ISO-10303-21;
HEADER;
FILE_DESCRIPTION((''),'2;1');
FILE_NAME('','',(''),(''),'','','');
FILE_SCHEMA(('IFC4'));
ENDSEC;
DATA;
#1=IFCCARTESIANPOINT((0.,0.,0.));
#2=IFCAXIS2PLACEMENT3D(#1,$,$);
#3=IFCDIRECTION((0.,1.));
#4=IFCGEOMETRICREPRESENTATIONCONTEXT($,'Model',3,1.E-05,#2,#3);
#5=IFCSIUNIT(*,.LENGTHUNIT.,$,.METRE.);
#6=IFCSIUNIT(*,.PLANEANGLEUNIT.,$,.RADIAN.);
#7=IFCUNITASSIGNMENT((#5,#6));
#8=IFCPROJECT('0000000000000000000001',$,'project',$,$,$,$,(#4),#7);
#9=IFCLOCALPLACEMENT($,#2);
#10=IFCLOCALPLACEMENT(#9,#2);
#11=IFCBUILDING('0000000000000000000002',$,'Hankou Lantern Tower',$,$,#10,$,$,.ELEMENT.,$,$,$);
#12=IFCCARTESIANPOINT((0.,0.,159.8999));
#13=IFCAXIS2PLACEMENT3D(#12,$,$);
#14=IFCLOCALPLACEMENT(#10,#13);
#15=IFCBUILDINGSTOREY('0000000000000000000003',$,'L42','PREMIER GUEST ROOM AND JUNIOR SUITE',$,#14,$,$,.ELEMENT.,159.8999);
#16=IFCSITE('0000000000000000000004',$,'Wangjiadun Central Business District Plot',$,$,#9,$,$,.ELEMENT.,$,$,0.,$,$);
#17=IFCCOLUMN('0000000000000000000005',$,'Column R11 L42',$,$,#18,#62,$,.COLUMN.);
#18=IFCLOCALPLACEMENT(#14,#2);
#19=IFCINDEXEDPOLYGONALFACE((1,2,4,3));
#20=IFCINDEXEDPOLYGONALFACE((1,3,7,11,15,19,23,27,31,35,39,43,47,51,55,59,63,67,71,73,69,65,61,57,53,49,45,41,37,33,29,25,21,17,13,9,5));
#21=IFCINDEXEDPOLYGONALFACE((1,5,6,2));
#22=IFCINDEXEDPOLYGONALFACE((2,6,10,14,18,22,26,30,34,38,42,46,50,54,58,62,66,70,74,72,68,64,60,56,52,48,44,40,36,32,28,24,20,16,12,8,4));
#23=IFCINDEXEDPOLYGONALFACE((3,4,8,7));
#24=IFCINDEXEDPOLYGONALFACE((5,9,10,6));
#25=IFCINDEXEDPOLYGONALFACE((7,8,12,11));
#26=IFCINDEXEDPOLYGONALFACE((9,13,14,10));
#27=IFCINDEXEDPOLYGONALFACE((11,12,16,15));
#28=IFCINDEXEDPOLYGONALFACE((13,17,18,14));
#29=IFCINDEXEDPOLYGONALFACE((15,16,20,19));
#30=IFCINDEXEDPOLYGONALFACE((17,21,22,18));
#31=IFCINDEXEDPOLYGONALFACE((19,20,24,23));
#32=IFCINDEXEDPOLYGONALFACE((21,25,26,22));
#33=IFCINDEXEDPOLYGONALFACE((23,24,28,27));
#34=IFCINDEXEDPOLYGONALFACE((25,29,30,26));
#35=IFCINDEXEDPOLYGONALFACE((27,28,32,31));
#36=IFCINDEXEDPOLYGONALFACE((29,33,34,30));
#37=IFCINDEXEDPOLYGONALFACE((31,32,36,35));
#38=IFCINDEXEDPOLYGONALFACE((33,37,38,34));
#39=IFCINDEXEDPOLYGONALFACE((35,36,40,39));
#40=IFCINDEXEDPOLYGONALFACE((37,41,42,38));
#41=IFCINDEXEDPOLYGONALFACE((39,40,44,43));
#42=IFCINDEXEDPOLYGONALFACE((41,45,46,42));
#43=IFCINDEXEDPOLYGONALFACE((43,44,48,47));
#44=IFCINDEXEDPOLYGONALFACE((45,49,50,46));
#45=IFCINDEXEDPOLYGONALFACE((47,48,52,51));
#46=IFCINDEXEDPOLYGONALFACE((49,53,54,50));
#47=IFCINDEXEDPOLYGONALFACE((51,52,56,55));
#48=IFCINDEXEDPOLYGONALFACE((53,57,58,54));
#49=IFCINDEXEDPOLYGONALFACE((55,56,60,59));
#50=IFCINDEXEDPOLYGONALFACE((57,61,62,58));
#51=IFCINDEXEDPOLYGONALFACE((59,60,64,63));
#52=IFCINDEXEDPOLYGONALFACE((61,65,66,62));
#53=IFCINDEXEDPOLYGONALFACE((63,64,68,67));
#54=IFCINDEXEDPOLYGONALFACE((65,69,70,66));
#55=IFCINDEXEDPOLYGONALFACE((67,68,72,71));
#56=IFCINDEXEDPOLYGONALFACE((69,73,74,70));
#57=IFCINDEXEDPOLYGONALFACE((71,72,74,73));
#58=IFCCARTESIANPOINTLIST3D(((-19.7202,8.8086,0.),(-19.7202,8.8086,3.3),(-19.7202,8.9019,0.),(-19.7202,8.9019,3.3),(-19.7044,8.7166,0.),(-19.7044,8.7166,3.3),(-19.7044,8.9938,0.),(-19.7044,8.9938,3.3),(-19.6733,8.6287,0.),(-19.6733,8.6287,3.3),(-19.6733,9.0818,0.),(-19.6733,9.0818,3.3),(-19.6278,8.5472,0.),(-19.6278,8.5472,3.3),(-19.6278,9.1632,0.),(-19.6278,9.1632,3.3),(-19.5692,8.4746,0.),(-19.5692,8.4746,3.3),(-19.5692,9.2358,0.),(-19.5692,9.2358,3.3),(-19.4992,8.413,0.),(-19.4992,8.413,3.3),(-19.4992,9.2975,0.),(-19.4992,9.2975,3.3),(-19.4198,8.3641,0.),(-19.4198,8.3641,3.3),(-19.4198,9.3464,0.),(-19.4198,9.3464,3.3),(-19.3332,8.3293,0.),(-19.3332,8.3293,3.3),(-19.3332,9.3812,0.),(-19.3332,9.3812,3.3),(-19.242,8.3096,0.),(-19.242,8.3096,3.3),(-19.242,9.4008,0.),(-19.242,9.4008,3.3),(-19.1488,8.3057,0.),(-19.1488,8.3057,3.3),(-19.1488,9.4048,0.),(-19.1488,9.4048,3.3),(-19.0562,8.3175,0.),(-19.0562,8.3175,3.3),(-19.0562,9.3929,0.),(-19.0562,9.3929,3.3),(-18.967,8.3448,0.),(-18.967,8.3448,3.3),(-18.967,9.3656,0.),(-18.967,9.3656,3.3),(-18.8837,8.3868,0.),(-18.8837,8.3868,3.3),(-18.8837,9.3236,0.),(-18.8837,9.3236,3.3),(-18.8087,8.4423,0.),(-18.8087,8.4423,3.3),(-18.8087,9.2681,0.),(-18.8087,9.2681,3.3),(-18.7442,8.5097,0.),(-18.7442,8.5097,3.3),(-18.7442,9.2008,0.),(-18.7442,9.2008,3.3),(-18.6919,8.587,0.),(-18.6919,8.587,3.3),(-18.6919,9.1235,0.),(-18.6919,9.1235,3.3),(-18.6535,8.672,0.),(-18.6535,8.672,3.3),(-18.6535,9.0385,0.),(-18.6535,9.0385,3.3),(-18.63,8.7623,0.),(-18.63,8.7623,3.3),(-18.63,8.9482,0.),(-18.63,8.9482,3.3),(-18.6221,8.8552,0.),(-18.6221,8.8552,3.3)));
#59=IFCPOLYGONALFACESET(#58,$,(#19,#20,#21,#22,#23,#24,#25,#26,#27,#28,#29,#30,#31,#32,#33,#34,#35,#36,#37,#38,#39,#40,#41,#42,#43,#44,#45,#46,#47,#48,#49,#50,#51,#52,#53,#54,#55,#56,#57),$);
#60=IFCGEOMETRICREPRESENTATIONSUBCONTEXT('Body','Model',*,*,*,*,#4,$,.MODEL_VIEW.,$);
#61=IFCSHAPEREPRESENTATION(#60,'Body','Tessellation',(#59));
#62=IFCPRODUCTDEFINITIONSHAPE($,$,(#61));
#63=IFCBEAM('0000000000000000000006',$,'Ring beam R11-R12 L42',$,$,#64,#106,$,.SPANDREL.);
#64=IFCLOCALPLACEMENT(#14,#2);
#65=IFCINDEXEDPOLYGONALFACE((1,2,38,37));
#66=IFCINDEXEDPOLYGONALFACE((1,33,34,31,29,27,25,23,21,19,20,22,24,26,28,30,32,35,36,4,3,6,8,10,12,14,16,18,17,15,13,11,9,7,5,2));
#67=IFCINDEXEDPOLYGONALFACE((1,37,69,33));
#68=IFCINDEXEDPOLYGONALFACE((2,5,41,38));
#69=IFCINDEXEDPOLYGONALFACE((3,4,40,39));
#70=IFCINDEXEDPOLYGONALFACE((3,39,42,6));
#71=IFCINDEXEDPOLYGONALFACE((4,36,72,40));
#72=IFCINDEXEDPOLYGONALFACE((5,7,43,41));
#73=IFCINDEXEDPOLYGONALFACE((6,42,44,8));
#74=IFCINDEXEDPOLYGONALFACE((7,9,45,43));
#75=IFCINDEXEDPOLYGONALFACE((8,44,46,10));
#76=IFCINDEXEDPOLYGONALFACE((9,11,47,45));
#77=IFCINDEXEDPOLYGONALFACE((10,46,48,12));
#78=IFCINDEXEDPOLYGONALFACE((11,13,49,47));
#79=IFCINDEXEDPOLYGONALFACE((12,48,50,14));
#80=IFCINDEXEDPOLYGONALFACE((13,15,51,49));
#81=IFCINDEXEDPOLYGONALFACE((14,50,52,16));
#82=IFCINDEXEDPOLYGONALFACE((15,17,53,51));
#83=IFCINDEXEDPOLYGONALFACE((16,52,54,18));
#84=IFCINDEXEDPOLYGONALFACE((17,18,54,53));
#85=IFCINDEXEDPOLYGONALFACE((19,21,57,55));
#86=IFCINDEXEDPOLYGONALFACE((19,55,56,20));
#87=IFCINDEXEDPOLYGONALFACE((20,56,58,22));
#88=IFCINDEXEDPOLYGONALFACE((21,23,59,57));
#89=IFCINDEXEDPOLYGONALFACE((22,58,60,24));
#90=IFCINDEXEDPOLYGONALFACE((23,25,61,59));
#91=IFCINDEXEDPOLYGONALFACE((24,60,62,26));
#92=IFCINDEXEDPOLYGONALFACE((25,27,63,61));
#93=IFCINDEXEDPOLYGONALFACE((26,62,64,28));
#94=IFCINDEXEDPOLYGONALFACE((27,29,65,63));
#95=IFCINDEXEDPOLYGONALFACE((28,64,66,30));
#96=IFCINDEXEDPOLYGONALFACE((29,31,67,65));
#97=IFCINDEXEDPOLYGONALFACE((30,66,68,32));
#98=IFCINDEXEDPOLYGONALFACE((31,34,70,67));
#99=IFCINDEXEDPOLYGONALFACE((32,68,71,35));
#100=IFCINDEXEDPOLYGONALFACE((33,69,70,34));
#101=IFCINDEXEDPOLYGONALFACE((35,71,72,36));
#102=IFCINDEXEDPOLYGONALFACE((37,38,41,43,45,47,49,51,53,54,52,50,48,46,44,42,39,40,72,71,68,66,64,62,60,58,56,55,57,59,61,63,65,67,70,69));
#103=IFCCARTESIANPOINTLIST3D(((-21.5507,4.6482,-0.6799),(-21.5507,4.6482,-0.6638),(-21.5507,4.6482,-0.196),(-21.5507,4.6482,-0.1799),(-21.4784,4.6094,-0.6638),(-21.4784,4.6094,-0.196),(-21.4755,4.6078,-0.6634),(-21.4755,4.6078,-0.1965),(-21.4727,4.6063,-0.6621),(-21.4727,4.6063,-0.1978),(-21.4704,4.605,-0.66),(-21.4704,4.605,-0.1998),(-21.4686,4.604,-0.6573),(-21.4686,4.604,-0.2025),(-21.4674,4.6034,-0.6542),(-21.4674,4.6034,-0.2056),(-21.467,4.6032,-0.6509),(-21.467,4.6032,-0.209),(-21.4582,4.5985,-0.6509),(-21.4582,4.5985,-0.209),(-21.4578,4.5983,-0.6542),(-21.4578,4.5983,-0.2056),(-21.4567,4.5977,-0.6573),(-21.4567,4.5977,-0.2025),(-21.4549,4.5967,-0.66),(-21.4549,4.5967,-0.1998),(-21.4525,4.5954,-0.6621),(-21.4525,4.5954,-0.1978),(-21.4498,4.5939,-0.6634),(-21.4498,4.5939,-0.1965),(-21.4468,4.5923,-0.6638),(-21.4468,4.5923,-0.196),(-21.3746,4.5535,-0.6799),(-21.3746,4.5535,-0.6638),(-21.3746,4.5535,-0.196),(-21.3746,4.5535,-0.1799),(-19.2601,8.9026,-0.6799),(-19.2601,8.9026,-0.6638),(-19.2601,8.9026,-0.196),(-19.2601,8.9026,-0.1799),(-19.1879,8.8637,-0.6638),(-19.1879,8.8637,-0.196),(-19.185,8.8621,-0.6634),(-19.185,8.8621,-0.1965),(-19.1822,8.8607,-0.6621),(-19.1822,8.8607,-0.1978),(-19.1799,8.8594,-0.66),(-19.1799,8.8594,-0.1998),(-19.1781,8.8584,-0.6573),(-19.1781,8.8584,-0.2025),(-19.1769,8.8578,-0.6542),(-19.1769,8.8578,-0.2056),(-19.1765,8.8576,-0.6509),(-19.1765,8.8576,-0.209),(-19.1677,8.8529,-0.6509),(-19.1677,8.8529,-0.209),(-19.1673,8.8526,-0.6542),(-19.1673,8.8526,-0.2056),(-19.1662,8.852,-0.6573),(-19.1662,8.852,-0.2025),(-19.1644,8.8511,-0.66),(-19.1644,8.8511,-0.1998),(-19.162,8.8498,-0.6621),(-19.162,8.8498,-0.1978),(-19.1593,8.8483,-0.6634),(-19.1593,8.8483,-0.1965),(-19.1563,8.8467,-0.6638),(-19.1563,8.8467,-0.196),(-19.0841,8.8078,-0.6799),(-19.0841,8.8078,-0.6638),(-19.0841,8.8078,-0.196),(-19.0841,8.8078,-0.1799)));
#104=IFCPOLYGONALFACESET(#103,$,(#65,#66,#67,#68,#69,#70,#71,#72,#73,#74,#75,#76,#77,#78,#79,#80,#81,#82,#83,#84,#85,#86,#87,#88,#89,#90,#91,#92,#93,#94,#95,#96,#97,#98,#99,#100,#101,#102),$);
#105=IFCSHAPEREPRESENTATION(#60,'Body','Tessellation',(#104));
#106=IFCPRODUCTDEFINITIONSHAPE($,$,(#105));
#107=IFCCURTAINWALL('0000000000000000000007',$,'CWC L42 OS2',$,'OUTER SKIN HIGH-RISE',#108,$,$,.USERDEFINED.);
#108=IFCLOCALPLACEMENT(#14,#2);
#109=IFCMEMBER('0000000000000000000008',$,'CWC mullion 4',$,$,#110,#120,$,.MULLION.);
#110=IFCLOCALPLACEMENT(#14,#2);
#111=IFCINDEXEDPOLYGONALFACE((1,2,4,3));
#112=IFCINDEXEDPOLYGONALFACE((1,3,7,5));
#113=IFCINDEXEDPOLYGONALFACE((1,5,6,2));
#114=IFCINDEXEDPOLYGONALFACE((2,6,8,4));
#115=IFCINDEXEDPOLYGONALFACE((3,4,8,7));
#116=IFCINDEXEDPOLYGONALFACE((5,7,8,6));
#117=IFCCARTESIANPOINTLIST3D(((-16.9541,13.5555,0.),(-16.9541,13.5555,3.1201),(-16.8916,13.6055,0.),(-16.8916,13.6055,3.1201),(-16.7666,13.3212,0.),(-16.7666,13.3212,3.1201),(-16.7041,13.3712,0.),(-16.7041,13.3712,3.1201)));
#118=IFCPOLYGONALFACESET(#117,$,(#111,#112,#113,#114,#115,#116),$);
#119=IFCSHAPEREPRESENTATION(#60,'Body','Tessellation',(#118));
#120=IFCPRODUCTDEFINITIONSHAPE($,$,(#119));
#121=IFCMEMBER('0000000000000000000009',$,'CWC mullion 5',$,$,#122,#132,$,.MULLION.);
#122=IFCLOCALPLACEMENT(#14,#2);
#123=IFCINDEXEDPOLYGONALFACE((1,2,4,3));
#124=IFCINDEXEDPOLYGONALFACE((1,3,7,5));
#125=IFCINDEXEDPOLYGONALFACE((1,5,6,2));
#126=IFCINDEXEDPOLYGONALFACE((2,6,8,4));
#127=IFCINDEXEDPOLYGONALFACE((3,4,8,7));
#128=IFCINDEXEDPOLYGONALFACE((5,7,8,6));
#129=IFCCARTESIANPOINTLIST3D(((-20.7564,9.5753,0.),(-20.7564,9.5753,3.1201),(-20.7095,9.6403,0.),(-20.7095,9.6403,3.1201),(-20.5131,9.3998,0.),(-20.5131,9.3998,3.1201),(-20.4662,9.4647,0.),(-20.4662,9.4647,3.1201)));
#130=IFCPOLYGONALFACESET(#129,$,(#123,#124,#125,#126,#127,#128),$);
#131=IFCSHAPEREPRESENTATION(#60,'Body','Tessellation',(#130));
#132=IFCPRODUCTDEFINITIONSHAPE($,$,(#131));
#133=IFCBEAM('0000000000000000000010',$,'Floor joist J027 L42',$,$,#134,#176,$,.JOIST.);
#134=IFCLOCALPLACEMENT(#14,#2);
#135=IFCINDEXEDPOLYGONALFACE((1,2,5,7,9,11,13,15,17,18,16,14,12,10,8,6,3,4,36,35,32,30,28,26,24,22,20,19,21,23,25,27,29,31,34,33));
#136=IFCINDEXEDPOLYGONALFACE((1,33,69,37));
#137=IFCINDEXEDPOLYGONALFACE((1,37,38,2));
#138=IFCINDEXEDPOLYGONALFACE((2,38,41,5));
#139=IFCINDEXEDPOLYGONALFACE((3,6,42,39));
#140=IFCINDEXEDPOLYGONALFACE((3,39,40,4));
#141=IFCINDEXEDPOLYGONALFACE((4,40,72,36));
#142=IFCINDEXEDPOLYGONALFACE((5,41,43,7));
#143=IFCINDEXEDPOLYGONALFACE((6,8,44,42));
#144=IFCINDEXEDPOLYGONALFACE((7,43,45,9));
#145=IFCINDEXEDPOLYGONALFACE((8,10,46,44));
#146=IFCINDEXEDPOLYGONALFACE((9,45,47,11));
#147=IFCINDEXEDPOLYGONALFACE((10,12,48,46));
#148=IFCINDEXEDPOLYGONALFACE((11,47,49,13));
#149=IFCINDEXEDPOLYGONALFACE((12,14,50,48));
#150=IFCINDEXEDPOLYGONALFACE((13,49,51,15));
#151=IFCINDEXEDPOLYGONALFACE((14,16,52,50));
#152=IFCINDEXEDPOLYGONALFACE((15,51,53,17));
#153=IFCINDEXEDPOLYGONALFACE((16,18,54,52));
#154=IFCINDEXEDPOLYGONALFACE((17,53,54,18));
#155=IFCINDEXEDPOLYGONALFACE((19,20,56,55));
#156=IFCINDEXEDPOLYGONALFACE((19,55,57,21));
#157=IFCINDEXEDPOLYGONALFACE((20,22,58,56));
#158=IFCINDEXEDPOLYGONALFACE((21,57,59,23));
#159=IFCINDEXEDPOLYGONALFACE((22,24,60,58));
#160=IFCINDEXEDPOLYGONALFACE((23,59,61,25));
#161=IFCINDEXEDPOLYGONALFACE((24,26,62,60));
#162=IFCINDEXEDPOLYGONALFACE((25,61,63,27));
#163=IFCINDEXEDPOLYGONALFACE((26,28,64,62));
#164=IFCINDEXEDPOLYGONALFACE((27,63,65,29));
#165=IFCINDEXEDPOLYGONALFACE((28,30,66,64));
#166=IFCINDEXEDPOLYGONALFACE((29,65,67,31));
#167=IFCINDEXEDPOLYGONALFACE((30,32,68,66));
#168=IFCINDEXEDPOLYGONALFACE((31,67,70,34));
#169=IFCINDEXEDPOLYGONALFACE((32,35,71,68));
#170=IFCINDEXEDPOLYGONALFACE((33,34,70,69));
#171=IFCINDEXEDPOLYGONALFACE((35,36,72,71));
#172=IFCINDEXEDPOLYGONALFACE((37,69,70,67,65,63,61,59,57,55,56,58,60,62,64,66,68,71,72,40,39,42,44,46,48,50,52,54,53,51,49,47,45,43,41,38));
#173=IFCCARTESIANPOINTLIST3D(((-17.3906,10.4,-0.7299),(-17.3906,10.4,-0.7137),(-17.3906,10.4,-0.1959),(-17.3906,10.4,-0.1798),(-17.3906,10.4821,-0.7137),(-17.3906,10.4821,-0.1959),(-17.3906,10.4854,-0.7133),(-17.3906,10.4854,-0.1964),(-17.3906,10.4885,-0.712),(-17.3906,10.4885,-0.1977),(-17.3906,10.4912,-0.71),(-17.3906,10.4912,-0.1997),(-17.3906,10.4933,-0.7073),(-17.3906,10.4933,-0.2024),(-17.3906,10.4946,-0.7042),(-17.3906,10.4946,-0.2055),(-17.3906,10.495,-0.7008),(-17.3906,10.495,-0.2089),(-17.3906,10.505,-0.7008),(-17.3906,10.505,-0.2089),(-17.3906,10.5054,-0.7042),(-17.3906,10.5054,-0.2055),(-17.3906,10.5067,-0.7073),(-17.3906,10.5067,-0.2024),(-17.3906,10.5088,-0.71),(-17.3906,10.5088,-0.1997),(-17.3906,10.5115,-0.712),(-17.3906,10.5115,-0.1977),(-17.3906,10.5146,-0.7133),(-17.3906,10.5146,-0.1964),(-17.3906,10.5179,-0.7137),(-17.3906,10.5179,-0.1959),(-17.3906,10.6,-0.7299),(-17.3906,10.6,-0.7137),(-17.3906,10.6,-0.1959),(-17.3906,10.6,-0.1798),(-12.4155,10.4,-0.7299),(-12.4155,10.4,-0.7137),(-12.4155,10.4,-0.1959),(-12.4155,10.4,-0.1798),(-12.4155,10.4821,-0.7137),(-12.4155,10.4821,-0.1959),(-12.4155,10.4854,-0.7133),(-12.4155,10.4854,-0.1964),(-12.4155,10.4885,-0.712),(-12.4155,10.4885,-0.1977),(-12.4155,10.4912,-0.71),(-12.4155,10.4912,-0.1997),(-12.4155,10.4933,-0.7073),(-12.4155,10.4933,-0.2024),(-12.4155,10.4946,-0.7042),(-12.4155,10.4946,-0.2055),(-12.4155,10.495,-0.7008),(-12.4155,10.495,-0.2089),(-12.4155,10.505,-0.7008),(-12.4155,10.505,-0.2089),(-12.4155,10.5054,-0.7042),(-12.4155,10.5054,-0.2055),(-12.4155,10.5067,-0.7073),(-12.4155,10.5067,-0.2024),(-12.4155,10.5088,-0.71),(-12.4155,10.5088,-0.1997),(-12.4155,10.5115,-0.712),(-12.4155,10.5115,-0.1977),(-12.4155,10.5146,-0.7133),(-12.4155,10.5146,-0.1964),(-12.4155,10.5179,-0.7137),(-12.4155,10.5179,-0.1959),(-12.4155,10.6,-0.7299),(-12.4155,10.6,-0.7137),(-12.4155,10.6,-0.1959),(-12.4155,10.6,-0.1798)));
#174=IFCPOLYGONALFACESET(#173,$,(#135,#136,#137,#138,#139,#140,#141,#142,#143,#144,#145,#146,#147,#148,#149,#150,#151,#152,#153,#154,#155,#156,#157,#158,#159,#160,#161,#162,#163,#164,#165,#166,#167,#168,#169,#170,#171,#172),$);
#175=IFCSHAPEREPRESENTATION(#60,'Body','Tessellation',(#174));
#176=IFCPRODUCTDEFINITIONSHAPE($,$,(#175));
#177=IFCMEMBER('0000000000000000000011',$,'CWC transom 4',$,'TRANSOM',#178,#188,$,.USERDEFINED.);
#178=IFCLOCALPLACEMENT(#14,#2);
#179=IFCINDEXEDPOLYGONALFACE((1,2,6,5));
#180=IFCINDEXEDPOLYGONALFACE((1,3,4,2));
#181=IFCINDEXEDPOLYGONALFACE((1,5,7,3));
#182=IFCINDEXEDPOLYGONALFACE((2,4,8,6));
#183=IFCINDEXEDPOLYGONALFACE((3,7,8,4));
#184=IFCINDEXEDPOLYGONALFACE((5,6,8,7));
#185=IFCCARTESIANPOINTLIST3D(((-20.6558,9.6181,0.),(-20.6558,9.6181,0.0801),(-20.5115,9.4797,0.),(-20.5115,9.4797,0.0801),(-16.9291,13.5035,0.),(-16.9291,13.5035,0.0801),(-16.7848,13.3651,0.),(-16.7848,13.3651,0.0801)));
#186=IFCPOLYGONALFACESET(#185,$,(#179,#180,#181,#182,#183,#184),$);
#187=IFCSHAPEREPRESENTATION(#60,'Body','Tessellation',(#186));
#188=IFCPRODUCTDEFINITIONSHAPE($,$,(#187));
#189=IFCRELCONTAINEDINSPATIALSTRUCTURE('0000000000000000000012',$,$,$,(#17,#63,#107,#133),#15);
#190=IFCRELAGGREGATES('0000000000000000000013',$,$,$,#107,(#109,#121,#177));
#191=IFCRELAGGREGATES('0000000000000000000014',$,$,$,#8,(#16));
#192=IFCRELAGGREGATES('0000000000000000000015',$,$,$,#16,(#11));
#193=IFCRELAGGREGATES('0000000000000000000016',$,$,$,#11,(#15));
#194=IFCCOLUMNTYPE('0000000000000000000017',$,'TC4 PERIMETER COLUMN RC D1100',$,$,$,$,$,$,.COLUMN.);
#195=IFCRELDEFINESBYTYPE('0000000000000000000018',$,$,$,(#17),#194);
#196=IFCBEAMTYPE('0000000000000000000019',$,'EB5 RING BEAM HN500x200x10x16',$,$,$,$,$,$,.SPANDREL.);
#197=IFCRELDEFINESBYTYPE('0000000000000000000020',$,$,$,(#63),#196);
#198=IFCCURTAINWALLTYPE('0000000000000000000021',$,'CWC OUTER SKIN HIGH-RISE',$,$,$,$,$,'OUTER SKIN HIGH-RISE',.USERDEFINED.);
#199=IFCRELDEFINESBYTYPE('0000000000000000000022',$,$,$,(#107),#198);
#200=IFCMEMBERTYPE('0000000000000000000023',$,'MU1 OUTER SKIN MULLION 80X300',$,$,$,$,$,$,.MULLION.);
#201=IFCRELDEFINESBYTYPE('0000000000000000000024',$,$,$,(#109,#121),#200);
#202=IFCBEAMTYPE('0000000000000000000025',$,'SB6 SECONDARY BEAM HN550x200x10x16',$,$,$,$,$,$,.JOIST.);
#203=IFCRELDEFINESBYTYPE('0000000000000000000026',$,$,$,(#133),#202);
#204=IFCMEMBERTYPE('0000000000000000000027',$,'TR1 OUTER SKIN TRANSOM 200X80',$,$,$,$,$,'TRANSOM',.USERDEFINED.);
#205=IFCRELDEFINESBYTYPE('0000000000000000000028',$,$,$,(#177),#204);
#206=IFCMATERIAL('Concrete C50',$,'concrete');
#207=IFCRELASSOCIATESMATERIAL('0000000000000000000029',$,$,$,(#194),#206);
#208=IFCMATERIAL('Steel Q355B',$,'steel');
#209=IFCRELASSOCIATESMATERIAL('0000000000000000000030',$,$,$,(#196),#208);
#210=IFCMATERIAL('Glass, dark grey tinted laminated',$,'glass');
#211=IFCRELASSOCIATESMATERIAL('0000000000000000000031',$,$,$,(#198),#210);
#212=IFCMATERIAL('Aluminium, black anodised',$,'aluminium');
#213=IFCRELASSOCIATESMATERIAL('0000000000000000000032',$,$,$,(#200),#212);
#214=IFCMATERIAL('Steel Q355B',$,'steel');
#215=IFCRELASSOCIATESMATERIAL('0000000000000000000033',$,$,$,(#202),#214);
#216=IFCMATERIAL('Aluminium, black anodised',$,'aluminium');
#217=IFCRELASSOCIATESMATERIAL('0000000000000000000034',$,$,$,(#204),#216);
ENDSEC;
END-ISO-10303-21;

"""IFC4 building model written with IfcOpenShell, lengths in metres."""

from ifc_helpers import new_model, si_unit, direction, frame, origin, origin_2d, place, context, subcontext, project, spatial, rectangle, circle, i_section, extrude, material, material_profile, profile_set, type_object, element, aggregate, save


model = new_model("IFC4")

# Units and contexts
model_context = context("Model", 3, precision=1e-05, world=origin(), true_north=direction((0.0, 1.0)))
body_context = subcontext(model_context, "Body", "Model", "MODEL_VIEW")
ifc_project = project(units=[si_unit("LENGTHUNIT", "METRE"), si_unit("PLANEANGLEUNIT", "RADIAN")], contexts=[model_context])

# Site, building, storey
site_placement = place(None, origin())
site = spatial("IfcSite", under=ifc_project, at=site_placement, Name="Wangjiadun Central Business District Plot", CompositionType="ELEMENT", RefElevation=0.0)
building_placement = place(site_placement, origin())
building = spatial("IfcBuilding", under=site, at=building_placement, Name="Hankou Lantern Tower", CompositionType="ELEMENT")
storey_placement = place(building_placement, frame((0.0, 0.0, 159.8999)))
storey = spatial("IfcBuildingStorey", under=building, at=storey_placement, Name="L42", Description="PREMIER GUEST ROOM AND JUNIOR SUITE", CompositionType="ELEMENT", Elevation=159.8999)

# Column
ifc_material_1 = material(Name="Concrete C50", Category="concrete")
ifc_material_profile_1 = material_profile(ifc_material_1, circle(Radius=0.55, at=origin_2d()), Name="RC D1100")
ifc_profile_set_1 = profile_set([ifc_material_profile_1], Name="Concrete C50")
column_type = type_object("IfcColumnType", Name="TC4 PERIMETER COLUMN RC D1100", PredefinedType="COLUMN", material=ifc_profile_set_1)
column_placement = place(storey_placement, frame((-19.1721, 8.8552, 0.0), z_axis=(0.0, 0.0, 1.0), x_axis=(1.0, 0.0, 0.0)))
element("IfcColumn", 1, at=column_placement, inside=storey, type_object=column_type, Name="Column R11 L42", PredefinedType="COLUMN", context=body_context, shape_type="SweptSolid", body=[
    extrude(circle(Radius=0.55, at=origin_2d()), origin(), (0.0, 0.0, 1.0), 3.3),
])

# Beam
ifc_material_2 = material(Name="Steel Q355B", Category="steel")
ifc_material_profile_2 = material_profile(ifc_material_2, i_section(OverallWidth=0.2, OverallDepth=0.5, WebThickness=0.01, FlangeThickness=0.0161, FilletRadius=0.0129, at=origin_2d()), Name="HN500x200x10x16")
ifc_profile_set_2 = profile_set([ifc_material_profile_2], Name="Steel Q355B")
beam_type_1 = type_object("IfcBeamType", Name="EB5 RING BEAM HN500x200x10x16", PredefinedType="SPANDREL", material=ifc_profile_set_2)
beam_1_placement = place(storey_placement, frame((-19.1721, 8.8552, -0.4299), z_axis=(-0.474052, -0.880497, 0.0), x_axis=(0.880497, -0.474052, 0.0)))
element("IfcBeam", 2, at=beam_1_placement, inside=storey, type_object=beam_type_1, Name="Ring beam R11-R12 L42", PredefinedType="SPANDREL", context=body_context, shape_type="SweptSolid", body=[
    extrude(i_section(OverallWidth=0.2, OverallDepth=0.5, WebThickness=0.01, FlangeThickness=0.0161, FilletRadius=0.0129, at=origin_2d()), origin(), (0.0, 0.0, 1.0), 4.8318),
])

# Curtain wall, members
ifc_material_3 = material(Name="Glass, dark grey tinted laminated", Category="glass")
curtain_wall_type = type_object("IfcCurtainWallType", Name="CWC OUTER SKIN HIGH-RISE", ElementType="OUTER SKIN HIGH-RISE", PredefinedType="USERDEFINED", material=ifc_material_3)
curtain_wall_placement = place(storey_placement, origin())
curtain_wall = element("IfcCurtainWall", 3, at=curtain_wall_placement, inside=storey, type_object=curtain_wall_type, Name="CWC L42 OS2", ObjectType="OUTER SKIN HIGH-RISE", PredefinedType="USERDEFINED")
ifc_material_4 = material(Name="Aluminium, black anodised", Category="aluminium")
ifc_material_profile_3 = material_profile(ifc_material_4, rectangle(XDim=0.0801, YDim=0.3, at=origin_2d()), Name="MU1 80X300")
ifc_profile_set_3 = profile_set([ifc_material_profile_3], Name="Aluminium, black anodised")
member_type_1 = type_object("IfcMemberType", Name="MU1 OUTER SKIN MULLION 80X300", PredefinedType="MULLION", material=ifc_profile_set_3)
member_1_placement = place(storey_placement, frame((-16.8291, 13.4634, 0.0), z_axis=(0.0, 0.0, 1.0), x_axis=(-0.780869, -0.624695, 0.0)))
member_1 = element("IfcMember", 4, at=member_1_placement, type_object=member_type_1, Name="CWC mullion 4", PredefinedType="MULLION", context=body_context, shape_type="SweptSolid", body=[
    extrude(rectangle(XDim=0.0801, YDim=0.3, at=origin_2d()), origin(), (0.0, 0.0, 1.0), 3.1201),
])
member_2_placement = place(storey_placement, frame((-20.6113, 9.52, 0.0), z_axis=(0.0, 0.0, 1.0), x_axis=(-0.585206, -0.810885, 0.0)))
member_2 = element("IfcMember", 5, at=member_2_placement, type_object=member_type_1, Name="CWC mullion 5", PredefinedType="MULLION", context=body_context, shape_type="SweptSolid", body=[
    extrude(rectangle(XDim=0.0801, YDim=0.3, at=origin_2d()), origin(), (0.0, 0.0, 1.0), 3.1201),
])

# Beam
ifc_material_5 = material(Name="Steel Q355B", Category="steel")
ifc_material_profile_4 = material_profile(ifc_material_5, i_section(OverallWidth=0.2, OverallDepth=0.55, WebThickness=0.01, FlangeThickness=0.0161, FilletRadius=0.0129, at=origin_2d()), Name="HN550x200x10x16")
ifc_profile_set_4 = profile_set([ifc_material_profile_4], Name="Steel Q355B")
beam_type_2 = type_object("IfcBeamType", Name="SB6 SECONDARY BEAM HN550x200x10x16", PredefinedType="JOIST", material=ifc_profile_set_4)
beam_2_placement = place(storey_placement, frame((-17.3906, 10.5, -0.4548), z_axis=(1.0, 0.0, 0.0), x_axis=(0.0, 1.0, 0.0)))
element("IfcBeam", 6, at=beam_2_placement, inside=storey, type_object=beam_type_2, Name="Floor joist J027 L42", PredefinedType="JOIST", context=body_context, shape_type="SweptSolid", body=[
    extrude(i_section(OverallWidth=0.2, OverallDepth=0.55, WebThickness=0.01, FlangeThickness=0.0161, FilletRadius=0.0129, at=origin_2d()), origin(), (0.0, 0.0, 1.0), 4.9751),
])

# Member
ifc_material_6 = material(Name="Aluminium, black anodised", Category="aluminium")
ifc_material_profile_5 = material_profile(ifc_material_6, rectangle(XDim=0.2, YDim=0.0801, at=origin_2d()), Name="TR1 200X80")
ifc_profile_set_5 = profile_set([ifc_material_profile_5], Name="Aluminium, black anodised")
member_type_2 = type_object("IfcMemberType", Name="TR1 OUTER SKIN TRANSOM 200X80", ElementType="TRANSOM", PredefinedType="USERDEFINED", material=ifc_profile_set_5)
member_3_placement = place(storey_placement, frame((-16.8569, 13.4343, 0.04), z_axis=(-0.692216, -0.721691, 0.0), x_axis=(0.721691, -0.692216, 0.0)))
member_3 = element("IfcMember", 7, at=member_3_placement, type_object=member_type_2, Name="CWC transom 4", ObjectType="TRANSOM", PredefinedType="USERDEFINED", context=body_context, shape_type="SweptSolid", body=[
    extrude(rectangle(XDim=0.2, YDim=0.0801, at=origin_2d()), origin(), (0.0, 0.0, 1.0), 5.3838),
])

aggregate(curtain_wall, [member_1, member_2, member_3])

save(model, "model.ifc")
